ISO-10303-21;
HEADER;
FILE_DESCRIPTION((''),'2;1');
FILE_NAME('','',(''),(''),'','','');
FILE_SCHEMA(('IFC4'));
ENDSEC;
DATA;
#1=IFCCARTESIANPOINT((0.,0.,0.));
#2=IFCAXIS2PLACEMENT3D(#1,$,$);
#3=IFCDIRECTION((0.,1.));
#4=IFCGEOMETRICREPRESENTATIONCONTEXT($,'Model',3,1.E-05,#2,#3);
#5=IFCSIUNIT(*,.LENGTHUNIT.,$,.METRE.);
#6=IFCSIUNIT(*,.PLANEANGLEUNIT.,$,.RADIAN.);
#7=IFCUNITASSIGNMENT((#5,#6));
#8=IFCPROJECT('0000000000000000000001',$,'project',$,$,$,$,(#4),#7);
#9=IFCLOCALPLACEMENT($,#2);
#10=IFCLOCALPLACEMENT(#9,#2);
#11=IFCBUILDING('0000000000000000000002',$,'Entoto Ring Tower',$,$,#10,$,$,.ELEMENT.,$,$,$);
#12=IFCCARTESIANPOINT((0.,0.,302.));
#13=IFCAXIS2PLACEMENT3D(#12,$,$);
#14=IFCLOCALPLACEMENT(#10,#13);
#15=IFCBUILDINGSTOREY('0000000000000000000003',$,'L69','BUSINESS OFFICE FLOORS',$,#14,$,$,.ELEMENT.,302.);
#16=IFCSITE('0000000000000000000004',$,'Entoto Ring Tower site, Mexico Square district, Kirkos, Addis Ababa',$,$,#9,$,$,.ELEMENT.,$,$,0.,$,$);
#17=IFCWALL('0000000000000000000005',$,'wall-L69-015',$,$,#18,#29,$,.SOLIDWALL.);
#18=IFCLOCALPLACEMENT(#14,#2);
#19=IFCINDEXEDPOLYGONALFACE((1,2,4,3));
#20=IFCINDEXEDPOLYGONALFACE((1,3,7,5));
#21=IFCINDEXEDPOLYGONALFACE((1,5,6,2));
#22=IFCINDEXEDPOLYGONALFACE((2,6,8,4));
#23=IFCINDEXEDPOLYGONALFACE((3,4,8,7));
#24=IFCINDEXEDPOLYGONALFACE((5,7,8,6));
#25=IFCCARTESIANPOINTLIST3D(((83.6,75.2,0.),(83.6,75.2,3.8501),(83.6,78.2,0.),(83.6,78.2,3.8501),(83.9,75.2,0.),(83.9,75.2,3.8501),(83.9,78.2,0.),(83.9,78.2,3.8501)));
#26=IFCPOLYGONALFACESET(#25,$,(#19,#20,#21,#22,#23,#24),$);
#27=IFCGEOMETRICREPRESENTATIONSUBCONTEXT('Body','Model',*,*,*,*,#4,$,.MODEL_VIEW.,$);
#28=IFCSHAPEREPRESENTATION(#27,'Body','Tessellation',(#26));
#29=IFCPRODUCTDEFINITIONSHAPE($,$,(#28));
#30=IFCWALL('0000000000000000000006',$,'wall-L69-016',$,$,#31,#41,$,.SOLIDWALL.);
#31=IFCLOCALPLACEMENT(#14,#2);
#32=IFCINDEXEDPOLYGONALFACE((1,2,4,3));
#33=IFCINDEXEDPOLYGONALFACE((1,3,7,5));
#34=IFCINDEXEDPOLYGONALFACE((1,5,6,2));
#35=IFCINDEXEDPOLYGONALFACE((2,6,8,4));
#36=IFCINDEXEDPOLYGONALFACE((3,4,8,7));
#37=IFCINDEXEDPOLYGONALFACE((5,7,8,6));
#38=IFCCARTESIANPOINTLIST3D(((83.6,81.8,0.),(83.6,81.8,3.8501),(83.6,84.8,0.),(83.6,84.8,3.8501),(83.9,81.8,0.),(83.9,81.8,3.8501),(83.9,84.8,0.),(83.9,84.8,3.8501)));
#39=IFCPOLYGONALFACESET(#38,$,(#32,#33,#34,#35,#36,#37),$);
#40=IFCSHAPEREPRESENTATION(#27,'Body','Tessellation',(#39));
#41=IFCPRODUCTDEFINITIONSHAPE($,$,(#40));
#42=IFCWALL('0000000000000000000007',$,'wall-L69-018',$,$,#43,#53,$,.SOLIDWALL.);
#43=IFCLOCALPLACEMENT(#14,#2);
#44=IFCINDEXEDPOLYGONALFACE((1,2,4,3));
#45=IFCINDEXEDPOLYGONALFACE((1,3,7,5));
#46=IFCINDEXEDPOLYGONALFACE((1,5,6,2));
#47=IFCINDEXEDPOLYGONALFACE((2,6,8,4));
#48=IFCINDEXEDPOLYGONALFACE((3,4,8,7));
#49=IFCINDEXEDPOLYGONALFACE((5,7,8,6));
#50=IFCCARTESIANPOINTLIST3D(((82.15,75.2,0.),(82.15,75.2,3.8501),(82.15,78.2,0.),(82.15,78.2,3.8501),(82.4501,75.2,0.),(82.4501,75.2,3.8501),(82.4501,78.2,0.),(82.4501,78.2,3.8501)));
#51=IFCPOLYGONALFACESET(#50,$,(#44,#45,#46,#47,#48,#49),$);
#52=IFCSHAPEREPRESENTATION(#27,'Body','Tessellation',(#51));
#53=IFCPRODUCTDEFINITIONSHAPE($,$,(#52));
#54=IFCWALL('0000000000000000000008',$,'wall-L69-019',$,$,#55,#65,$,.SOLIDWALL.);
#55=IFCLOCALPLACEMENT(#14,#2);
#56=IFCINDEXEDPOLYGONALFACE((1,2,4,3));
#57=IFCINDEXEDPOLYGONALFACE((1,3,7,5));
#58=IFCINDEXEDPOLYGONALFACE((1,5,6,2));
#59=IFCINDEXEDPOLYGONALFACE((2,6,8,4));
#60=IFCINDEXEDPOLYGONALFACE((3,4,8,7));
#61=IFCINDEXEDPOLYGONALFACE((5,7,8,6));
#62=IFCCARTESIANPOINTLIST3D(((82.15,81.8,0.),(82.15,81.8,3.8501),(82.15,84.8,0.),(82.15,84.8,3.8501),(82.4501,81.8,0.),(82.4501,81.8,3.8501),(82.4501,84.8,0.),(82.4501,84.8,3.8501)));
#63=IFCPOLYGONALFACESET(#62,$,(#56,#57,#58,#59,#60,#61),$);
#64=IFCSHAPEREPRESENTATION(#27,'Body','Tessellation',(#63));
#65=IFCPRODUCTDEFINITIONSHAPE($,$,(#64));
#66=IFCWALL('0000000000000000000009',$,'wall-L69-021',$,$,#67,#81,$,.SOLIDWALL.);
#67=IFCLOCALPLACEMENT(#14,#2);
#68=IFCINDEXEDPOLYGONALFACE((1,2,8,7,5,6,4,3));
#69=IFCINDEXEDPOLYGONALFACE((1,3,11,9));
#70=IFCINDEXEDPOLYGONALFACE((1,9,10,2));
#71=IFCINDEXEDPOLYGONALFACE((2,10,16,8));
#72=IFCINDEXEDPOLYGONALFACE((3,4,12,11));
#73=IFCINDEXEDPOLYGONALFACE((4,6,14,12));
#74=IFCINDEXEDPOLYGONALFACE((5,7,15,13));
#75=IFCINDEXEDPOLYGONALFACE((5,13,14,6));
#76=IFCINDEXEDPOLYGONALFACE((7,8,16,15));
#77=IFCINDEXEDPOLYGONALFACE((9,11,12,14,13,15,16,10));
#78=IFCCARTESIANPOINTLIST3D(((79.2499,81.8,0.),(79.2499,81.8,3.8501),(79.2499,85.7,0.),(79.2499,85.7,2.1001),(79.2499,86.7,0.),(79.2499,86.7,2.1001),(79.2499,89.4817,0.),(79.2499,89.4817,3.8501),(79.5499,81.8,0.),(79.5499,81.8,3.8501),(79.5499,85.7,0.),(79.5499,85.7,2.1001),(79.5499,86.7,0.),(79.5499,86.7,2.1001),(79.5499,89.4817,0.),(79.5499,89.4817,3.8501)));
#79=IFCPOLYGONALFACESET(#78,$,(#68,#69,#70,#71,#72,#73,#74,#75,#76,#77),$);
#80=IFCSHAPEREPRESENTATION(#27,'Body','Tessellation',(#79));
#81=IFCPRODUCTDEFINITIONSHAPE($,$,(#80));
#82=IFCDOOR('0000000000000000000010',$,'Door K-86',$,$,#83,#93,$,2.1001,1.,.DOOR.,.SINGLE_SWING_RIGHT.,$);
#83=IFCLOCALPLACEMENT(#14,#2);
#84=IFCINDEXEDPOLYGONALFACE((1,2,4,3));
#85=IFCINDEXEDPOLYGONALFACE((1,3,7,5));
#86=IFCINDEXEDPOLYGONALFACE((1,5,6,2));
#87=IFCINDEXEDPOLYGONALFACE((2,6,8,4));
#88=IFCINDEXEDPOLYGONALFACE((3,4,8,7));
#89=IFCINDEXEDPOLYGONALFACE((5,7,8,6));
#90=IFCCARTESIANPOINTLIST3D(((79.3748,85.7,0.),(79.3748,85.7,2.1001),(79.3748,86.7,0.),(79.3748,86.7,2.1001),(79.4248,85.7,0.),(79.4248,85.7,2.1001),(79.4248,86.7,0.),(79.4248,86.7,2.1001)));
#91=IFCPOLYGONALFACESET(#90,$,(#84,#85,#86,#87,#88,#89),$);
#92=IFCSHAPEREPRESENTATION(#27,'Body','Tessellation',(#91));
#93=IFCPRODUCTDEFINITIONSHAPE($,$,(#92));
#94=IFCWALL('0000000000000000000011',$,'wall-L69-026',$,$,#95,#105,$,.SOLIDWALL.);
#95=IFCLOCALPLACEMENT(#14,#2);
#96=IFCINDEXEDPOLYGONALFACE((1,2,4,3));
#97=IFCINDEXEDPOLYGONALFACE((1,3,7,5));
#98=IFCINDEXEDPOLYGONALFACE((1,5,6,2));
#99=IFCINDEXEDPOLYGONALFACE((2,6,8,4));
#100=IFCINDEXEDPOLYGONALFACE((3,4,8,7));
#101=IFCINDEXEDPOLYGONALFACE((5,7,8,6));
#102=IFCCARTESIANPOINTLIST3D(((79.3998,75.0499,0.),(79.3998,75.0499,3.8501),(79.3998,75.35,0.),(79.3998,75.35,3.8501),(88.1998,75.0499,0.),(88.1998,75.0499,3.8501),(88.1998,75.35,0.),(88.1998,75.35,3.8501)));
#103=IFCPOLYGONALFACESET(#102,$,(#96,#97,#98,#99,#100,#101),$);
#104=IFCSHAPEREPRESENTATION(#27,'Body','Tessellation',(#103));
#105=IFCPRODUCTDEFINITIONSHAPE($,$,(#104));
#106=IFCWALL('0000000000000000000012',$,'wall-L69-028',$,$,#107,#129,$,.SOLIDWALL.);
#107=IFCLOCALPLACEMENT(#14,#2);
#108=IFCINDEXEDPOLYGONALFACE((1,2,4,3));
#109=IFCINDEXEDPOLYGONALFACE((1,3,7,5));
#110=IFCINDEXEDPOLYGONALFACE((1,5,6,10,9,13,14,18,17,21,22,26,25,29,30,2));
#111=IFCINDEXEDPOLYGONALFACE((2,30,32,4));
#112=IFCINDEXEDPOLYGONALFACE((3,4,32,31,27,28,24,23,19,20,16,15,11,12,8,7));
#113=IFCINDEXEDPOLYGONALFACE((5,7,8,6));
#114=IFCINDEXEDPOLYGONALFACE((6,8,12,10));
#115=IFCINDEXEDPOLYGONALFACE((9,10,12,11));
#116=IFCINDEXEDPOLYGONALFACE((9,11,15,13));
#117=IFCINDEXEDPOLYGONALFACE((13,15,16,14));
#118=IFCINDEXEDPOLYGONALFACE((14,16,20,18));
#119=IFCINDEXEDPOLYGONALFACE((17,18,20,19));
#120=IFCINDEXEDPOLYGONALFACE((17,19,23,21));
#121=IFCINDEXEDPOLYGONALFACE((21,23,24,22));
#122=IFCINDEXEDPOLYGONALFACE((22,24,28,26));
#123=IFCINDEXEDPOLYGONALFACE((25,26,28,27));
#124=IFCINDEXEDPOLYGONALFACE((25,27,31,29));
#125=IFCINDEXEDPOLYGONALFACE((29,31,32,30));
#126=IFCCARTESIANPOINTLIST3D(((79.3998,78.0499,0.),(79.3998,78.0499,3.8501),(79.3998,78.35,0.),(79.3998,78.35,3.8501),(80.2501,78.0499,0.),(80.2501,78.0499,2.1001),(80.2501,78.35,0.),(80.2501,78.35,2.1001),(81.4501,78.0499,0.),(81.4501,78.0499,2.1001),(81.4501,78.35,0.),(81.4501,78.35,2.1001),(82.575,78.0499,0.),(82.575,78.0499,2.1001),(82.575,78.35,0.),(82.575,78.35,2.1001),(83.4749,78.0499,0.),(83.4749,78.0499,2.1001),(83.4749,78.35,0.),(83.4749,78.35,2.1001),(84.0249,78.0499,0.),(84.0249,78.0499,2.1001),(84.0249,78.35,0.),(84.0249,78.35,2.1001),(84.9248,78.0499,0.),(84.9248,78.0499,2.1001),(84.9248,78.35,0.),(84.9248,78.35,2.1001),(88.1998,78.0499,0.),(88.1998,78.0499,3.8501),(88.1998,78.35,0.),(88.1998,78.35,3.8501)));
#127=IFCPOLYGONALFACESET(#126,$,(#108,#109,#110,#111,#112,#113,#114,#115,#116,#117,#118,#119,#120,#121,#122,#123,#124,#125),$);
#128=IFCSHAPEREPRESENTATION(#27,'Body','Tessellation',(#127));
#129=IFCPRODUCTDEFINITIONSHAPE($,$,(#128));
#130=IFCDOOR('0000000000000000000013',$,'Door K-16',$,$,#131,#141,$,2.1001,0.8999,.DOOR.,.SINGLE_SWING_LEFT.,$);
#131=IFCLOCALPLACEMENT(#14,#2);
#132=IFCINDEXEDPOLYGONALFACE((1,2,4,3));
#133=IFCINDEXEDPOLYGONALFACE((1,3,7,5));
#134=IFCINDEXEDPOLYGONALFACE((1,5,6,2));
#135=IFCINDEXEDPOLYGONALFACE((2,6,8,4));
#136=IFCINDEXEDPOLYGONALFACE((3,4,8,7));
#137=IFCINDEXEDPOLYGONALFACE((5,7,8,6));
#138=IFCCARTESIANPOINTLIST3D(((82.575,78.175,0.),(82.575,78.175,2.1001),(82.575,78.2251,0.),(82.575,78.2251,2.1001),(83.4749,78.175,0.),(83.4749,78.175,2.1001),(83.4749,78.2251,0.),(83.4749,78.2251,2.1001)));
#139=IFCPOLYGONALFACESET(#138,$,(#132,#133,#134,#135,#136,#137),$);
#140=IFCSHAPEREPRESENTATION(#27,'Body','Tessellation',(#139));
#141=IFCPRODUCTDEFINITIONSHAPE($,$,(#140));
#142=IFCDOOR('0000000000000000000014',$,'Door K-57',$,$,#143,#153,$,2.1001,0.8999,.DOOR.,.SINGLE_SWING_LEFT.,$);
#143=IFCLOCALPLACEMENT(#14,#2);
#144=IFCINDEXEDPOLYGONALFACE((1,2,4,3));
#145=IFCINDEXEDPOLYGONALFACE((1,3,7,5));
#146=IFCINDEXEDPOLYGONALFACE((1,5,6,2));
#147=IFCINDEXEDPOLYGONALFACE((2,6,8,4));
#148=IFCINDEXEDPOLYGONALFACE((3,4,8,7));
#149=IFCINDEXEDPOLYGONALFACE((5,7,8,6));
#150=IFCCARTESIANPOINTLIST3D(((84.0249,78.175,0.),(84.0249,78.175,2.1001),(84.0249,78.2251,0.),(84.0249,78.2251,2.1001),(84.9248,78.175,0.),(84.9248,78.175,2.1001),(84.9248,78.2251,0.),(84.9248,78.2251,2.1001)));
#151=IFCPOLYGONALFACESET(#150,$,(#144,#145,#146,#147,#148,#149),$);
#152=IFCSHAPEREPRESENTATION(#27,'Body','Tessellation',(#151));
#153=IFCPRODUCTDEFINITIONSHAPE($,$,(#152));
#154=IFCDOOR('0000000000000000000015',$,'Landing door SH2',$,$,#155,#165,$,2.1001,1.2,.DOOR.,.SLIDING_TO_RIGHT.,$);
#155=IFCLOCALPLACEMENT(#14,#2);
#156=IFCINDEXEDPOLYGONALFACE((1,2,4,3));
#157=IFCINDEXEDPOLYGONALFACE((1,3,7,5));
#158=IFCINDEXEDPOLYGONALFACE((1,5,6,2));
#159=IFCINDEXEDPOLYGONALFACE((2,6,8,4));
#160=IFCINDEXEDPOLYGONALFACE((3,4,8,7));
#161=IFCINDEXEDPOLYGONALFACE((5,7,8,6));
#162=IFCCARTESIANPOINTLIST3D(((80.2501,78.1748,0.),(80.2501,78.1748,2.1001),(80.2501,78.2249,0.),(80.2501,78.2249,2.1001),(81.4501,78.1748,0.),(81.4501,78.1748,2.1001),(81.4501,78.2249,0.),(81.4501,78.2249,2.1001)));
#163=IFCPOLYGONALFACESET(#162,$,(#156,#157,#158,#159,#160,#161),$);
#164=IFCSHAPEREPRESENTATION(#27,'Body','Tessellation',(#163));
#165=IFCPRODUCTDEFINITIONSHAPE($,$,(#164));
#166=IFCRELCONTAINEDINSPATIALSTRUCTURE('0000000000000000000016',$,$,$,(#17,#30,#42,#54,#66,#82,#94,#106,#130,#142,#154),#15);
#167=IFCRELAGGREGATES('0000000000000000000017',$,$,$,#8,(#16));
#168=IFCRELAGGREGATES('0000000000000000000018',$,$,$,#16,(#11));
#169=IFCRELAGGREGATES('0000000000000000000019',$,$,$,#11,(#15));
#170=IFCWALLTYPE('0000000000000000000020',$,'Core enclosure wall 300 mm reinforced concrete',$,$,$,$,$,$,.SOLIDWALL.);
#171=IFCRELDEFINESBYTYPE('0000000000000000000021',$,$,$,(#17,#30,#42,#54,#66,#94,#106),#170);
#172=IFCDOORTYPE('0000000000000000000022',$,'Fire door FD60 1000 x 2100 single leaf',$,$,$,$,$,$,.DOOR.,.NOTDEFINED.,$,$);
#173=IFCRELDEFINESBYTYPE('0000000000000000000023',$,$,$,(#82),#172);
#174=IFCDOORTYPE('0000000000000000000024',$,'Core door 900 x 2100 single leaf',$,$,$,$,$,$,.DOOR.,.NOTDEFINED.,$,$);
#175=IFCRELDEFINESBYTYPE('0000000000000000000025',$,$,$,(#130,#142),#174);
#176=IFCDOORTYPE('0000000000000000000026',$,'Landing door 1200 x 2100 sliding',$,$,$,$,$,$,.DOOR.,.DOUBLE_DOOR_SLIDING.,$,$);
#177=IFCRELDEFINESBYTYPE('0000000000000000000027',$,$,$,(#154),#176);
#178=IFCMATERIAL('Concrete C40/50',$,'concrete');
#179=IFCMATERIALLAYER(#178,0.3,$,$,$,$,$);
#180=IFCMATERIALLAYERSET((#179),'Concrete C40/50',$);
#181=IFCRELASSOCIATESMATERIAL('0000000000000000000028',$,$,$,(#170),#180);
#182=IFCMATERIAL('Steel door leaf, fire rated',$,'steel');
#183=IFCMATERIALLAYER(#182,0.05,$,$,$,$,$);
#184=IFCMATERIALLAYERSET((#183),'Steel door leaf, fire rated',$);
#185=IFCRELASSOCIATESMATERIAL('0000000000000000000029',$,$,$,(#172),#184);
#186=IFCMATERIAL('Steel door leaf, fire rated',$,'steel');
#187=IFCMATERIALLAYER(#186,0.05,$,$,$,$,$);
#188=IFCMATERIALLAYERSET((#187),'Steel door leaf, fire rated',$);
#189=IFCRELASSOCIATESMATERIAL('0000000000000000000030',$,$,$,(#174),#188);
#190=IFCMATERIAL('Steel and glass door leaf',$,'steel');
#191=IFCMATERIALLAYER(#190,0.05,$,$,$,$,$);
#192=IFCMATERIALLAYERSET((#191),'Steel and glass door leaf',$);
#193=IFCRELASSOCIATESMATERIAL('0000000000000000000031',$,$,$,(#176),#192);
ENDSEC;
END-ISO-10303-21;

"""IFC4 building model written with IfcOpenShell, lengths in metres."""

from ifc_helpers import new_model, si_unit, direction, frame, frame_2d, origin, place, context, subcontext, project, spatial, rectangle, extrude, material, layer, layer_set, type_object, element, fill, save


model = new_model("IFC4")

# Units and contexts
model_context = context("Model", 3, precision=1e-05, world=origin(), true_north=direction((0.0, 1.0)))
body_context = subcontext(model_context, "Body", "Model", "MODEL_VIEW")
ifc_project = project(units=[si_unit("LENGTHUNIT", "METRE"), si_unit("PLANEANGLEUNIT", "RADIAN")], contexts=[model_context])

# Site, building, storey
site_placement = place(None, origin())
site = spatial("IfcSite", under=ifc_project, at=site_placement, Name="Entoto Ring Tower site, Mexico Square district, Kirkos, Addis Ababa", CompositionType="ELEMENT", RefElevation=0.0)
building_placement = place(site_placement, origin())
building = spatial("IfcBuilding", under=site, at=building_placement, Name="Entoto Ring Tower", CompositionType="ELEMENT")
storey_placement = place(building_placement, frame((0.0, 0.0, 302.0)))
storey = spatial("IfcBuildingStorey", under=building, at=storey_placement, Name="L69", Description="BUSINESS OFFICE FLOORS", CompositionType="ELEMENT", Elevation=302.0)

# Walls
ifc_material_1 = material(Name="Concrete C40/50", Category="concrete")
ifc_layer_1 = layer(ifc_material_1, 0.3)
ifc_layer_set_1 = layer_set([ifc_layer_1], Name="Concrete C40/50")
wall_type = type_object("IfcWallType", Name="Core enclosure wall 300 mm reinforced concrete", PredefinedType="SOLIDWALL", material=ifc_layer_set_1)
for number, where, z_axis, x_axis, name in (
    (1, (83.75, 75.2, 0.0), (0.0, 0.0, 1.0), (0.0, 1.0, 0.0), "wall-L69-015"),
    (2, (83.75, 81.8, 0.0), (0.0, 0.0, 1.0), (0.0, 1.0, 0.0), "wall-L69-016"),
    (3, (82.3, 75.2, 0.0), (0.0, 0.0, 1.0), (0.0, 1.0, 0.0), "wall-L69-018"),
    (4, (82.3, 81.8, 0.0), (0.0, 0.0, 1.0), (0.0, 1.0, 0.0), "wall-L69-019"),
):
    element("IfcWall", number, at=place(storey_placement, frame(where, z_axis=z_axis, x_axis=x_axis)), inside=storey, type_object=wall_type, Name=name, PredefinedType="SOLIDWALL", context=body_context, shape_type="SweptSolid", body=[
        extrude(rectangle(XDim=3.0, YDim=0.3, at=frame_2d((1.5, 0.0))), origin(), (0.0, 0.0, 1.0), 3.8501),
    ])

# Wall, opening, door
wall_1_placement = place(storey_placement, frame((79.3999, 81.8, 0.0), z_axis=(0.0, 0.0, 1.0), x_axis=(0.0, 1.0, 0.0)))
wall_1 = element("IfcWall", 5, at=wall_1_placement, inside=storey, type_object=wall_type, Name="wall-L69-021", PredefinedType="SOLIDWALL", context=body_context, shape_type="SweptSolid", body=[
    extrude(rectangle(XDim=7.6816, YDim=0.3, at=frame_2d((3.8408, 0.0))), origin(), (0.0, 0.0, 1.0), 3.8501),
])
opening_1_placement = place(wall_1_placement, frame((3.8999, 0.0, 0.0)))
opening_1 = element("IfcOpeningElement", 6, at=opening_1_placement, cuts=wall_1, PredefinedType="OPENING", context=body_context, shape_type="SweptSolid", body=[
    extrude(rectangle(XDim=1.0, YDim=2.1001, at=frame_2d((0.5, 1.05))), frame((0.0, 0.1602, 0.0), z_axis=(0.0, -1.0, 0.0), x_axis=(1.0, 0.0, 0.0)), (0.0, 0.0, 1.0), 0.3201),
])
ifc_material_2 = material(Name="Steel door leaf, fire rated", Category="steel")
ifc_layer_2 = layer(ifc_material_2, 0.05)
ifc_layer_set_2 = layer_set([ifc_layer_2], Name="Steel door leaf, fire rated")
door_type_1 = type_object("IfcDoorType", Name="Fire door FD60 1000 x 2100 single leaf", OperationType="NOTDEFINED", PredefinedType="DOOR", material=ifc_layer_set_2)
door_1_placement = place(opening_1_placement, frame((1.0, 0.0, 0.0), z_axis=(0.0, 0.0, 1.0), x_axis=(-1.0, 0.0, 0.0)))
door_1 = element("IfcDoor", 7, at=door_1_placement, inside=storey, type_object=door_type_1, Name="Door K-86", OperationType="SINGLE_SWING_RIGHT", OverallHeight=2.1001, OverallWidth=1.0, PredefinedType="DOOR", context=body_context, shape_type="SweptSolid", body=[
    extrude(rectangle(XDim=1.0, YDim=2.1001, at=frame_2d((0.5, 1.05))), frame((0.0, 0.0249, 0.0), z_axis=(0.0, -1.0, 0.0), x_axis=(1.0, 0.0, 0.0)), (0.0, 0.0, 1.0), 0.05),
])
fill(opening_1, door_1)

# Wall
wall_2_placement = place(storey_placement, frame((79.3999, 75.2, 0.0), z_axis=(0.0, 0.0, 1.0), x_axis=(1.0, 0.0, 0.0)))
element("IfcWall", 8, at=wall_2_placement, inside=storey, type_object=wall_type, Name="wall-L69-026", PredefinedType="SOLIDWALL", context=body_context, shape_type="SweptSolid", body=[
    extrude(rectangle(XDim=8.8, YDim=0.3, at=frame_2d((4.3999, 0.0))), origin(), (0.0, 0.0, 1.0), 3.8501),
])

# Wall, openings, doors
wall_3_placement = place(storey_placement, frame((79.3999, 78.2, 0.0), z_axis=(0.0, 0.0, 1.0), x_axis=(1.0, 0.0, 0.0)))
wall_3 = element("IfcWall", 9, at=wall_3_placement, inside=storey, type_object=wall_type, Name="wall-L69-028", PredefinedType="SOLIDWALL", context=body_context, shape_type="SweptSolid", body=[
    extrude(rectangle(XDim=8.8, YDim=0.3, at=frame_2d((4.3999, 0.0))), origin(), (0.0, 0.0, 1.0), 3.8501),
])
opening_2_placement = place(wall_3_placement, frame((0.8501, 0.0, 0.0)))
opening_2 = element("IfcOpeningElement", 10, at=opening_2_placement, cuts=wall_3, PredefinedType="OPENING", context=body_context, shape_type="SweptSolid", body=[
    extrude(rectangle(XDim=1.2, YDim=2.1001, at=frame_2d((0.6001, 1.05))), frame((0.0, 0.1602, 0.0), z_axis=(0.0, -1.0, 0.0), x_axis=(1.0, 0.0, 0.0)), (0.0, 0.0, 1.0), 0.3201),
])
opening_3_placement = place(wall_3_placement, frame((3.175, 0.0, 0.0)))
opening_3 = element("IfcOpeningElement", 11, at=opening_3_placement, cuts=wall_3, PredefinedType="OPENING", context=body_context, shape_type="SweptSolid", body=[
    extrude(rectangle(XDim=0.8999, YDim=2.1001, at=frame_2d((0.45, 1.05))), frame((0.0, 0.1602, 0.0), z_axis=(0.0, -1.0, 0.0), x_axis=(1.0, 0.0, 0.0)), (0.0, 0.0, 1.0), 0.3201),
])
opening_4_placement = place(wall_3_placement, frame((4.625, 0.0, 0.0)))
opening_4 = element("IfcOpeningElement", 12, at=opening_4_placement, cuts=wall_3, PredefinedType="OPENING", context=body_context, shape_type="SweptSolid", body=[
    extrude(rectangle(XDim=0.8999, YDim=2.1001, at=frame_2d((0.45, 1.05))), frame((0.0, 0.1602, 0.0), z_axis=(0.0, -1.0, 0.0), x_axis=(1.0, 0.0, 0.0)), (0.0, 0.0, 1.0), 0.3201),
])
ifc_material_3 = material(Name="Steel door leaf, fire rated", Category="steel")
ifc_layer_3 = layer(ifc_material_3, 0.05)
ifc_layer_set_3 = layer_set([ifc_layer_3], Name="Steel door leaf, fire rated")
door_type_2 = type_object("IfcDoorType", Name="Core door 900 x 2100 single leaf", OperationType="NOTDEFINED", PredefinedType="DOOR", material=ifc_layer_set_3)
door_2_placement = place(opening_3_placement, frame((0.8999, 0.0, 0.0), z_axis=(0.0, 0.0, 1.0), x_axis=(-1.0, 0.0, 0.0)))
door_2 = element("IfcDoor", 13, at=door_2_placement, inside=storey, type_object=door_type_2, Name="Door K-16", OperationType="SINGLE_SWING_LEFT", OverallHeight=2.1001, OverallWidth=0.8999, PredefinedType="DOOR", context=body_context, shape_type="SweptSolid", body=[
    extrude(rectangle(XDim=0.8999, YDim=2.1001, at=frame_2d((0.45, 1.05))), frame((0.0, 0.0249, 0.0), z_axis=(0.0, -1.0, 0.0), x_axis=(1.0, 0.0, 0.0)), (0.0, 0.0, 1.0), 0.05),
])
fill(opening_3, door_2)
door_3_placement = place(opening_4_placement, frame((0.8999, 0.0, 0.0), z_axis=(0.0, 0.0, 1.0), x_axis=(-1.0, 0.0, 0.0)))
door_3 = element("IfcDoor", 14, at=door_3_placement, inside=storey, type_object=door_type_2, Name="Door K-57", OperationType="SINGLE_SWING_LEFT", OverallHeight=2.1001, OverallWidth=0.8999, PredefinedType="DOOR", context=body_context, shape_type="SweptSolid", body=[
    extrude(rectangle(XDim=0.8999, YDim=2.1001, at=frame_2d((0.45, 1.05))), frame((0.0, 0.0249, 0.0), z_axis=(0.0, -1.0, 0.0), x_axis=(1.0, 0.0, 0.0)), (0.0, 0.0, 1.0), 0.05),
])
fill(opening_4, door_3)
ifc_material_4 = material(Name="Steel and glass door leaf", Category="steel")
ifc_layer_4 = layer(ifc_material_4, 0.05)
ifc_layer_set_4 = layer_set([ifc_layer_4], Name="Steel and glass door leaf")
door_type_3 = type_object("IfcDoorType", Name="Landing door 1200 x 2100 sliding", OperationType="DOUBLE_DOOR_SLIDING", PredefinedType="DOOR", material=ifc_layer_set_4)
door_4_placement = place(opening_2_placement, origin())
door_4 = element("IfcDoor", 15, at=door_4_placement, inside=storey, type_object=door_type_3, Name="Landing door SH2", OperationType="SLIDING_TO_RIGHT", OverallHeight=2.1001, OverallWidth=1.2, PredefinedType="DOOR", context=body_context, shape_type="SweptSolid", body=[
    extrude(rectangle(XDim=1.2, YDim=2.1001, at=frame_2d((0.6001, 1.05))), frame((0.0, 0.0249, 0.0), z_axis=(0.0, -1.0, 0.0), x_axis=(1.0, 0.0, 0.0)), (0.0, 0.0, 1.0), 0.05),
])
fill(opening_2, door_4)

save(model, "model.ifc")
